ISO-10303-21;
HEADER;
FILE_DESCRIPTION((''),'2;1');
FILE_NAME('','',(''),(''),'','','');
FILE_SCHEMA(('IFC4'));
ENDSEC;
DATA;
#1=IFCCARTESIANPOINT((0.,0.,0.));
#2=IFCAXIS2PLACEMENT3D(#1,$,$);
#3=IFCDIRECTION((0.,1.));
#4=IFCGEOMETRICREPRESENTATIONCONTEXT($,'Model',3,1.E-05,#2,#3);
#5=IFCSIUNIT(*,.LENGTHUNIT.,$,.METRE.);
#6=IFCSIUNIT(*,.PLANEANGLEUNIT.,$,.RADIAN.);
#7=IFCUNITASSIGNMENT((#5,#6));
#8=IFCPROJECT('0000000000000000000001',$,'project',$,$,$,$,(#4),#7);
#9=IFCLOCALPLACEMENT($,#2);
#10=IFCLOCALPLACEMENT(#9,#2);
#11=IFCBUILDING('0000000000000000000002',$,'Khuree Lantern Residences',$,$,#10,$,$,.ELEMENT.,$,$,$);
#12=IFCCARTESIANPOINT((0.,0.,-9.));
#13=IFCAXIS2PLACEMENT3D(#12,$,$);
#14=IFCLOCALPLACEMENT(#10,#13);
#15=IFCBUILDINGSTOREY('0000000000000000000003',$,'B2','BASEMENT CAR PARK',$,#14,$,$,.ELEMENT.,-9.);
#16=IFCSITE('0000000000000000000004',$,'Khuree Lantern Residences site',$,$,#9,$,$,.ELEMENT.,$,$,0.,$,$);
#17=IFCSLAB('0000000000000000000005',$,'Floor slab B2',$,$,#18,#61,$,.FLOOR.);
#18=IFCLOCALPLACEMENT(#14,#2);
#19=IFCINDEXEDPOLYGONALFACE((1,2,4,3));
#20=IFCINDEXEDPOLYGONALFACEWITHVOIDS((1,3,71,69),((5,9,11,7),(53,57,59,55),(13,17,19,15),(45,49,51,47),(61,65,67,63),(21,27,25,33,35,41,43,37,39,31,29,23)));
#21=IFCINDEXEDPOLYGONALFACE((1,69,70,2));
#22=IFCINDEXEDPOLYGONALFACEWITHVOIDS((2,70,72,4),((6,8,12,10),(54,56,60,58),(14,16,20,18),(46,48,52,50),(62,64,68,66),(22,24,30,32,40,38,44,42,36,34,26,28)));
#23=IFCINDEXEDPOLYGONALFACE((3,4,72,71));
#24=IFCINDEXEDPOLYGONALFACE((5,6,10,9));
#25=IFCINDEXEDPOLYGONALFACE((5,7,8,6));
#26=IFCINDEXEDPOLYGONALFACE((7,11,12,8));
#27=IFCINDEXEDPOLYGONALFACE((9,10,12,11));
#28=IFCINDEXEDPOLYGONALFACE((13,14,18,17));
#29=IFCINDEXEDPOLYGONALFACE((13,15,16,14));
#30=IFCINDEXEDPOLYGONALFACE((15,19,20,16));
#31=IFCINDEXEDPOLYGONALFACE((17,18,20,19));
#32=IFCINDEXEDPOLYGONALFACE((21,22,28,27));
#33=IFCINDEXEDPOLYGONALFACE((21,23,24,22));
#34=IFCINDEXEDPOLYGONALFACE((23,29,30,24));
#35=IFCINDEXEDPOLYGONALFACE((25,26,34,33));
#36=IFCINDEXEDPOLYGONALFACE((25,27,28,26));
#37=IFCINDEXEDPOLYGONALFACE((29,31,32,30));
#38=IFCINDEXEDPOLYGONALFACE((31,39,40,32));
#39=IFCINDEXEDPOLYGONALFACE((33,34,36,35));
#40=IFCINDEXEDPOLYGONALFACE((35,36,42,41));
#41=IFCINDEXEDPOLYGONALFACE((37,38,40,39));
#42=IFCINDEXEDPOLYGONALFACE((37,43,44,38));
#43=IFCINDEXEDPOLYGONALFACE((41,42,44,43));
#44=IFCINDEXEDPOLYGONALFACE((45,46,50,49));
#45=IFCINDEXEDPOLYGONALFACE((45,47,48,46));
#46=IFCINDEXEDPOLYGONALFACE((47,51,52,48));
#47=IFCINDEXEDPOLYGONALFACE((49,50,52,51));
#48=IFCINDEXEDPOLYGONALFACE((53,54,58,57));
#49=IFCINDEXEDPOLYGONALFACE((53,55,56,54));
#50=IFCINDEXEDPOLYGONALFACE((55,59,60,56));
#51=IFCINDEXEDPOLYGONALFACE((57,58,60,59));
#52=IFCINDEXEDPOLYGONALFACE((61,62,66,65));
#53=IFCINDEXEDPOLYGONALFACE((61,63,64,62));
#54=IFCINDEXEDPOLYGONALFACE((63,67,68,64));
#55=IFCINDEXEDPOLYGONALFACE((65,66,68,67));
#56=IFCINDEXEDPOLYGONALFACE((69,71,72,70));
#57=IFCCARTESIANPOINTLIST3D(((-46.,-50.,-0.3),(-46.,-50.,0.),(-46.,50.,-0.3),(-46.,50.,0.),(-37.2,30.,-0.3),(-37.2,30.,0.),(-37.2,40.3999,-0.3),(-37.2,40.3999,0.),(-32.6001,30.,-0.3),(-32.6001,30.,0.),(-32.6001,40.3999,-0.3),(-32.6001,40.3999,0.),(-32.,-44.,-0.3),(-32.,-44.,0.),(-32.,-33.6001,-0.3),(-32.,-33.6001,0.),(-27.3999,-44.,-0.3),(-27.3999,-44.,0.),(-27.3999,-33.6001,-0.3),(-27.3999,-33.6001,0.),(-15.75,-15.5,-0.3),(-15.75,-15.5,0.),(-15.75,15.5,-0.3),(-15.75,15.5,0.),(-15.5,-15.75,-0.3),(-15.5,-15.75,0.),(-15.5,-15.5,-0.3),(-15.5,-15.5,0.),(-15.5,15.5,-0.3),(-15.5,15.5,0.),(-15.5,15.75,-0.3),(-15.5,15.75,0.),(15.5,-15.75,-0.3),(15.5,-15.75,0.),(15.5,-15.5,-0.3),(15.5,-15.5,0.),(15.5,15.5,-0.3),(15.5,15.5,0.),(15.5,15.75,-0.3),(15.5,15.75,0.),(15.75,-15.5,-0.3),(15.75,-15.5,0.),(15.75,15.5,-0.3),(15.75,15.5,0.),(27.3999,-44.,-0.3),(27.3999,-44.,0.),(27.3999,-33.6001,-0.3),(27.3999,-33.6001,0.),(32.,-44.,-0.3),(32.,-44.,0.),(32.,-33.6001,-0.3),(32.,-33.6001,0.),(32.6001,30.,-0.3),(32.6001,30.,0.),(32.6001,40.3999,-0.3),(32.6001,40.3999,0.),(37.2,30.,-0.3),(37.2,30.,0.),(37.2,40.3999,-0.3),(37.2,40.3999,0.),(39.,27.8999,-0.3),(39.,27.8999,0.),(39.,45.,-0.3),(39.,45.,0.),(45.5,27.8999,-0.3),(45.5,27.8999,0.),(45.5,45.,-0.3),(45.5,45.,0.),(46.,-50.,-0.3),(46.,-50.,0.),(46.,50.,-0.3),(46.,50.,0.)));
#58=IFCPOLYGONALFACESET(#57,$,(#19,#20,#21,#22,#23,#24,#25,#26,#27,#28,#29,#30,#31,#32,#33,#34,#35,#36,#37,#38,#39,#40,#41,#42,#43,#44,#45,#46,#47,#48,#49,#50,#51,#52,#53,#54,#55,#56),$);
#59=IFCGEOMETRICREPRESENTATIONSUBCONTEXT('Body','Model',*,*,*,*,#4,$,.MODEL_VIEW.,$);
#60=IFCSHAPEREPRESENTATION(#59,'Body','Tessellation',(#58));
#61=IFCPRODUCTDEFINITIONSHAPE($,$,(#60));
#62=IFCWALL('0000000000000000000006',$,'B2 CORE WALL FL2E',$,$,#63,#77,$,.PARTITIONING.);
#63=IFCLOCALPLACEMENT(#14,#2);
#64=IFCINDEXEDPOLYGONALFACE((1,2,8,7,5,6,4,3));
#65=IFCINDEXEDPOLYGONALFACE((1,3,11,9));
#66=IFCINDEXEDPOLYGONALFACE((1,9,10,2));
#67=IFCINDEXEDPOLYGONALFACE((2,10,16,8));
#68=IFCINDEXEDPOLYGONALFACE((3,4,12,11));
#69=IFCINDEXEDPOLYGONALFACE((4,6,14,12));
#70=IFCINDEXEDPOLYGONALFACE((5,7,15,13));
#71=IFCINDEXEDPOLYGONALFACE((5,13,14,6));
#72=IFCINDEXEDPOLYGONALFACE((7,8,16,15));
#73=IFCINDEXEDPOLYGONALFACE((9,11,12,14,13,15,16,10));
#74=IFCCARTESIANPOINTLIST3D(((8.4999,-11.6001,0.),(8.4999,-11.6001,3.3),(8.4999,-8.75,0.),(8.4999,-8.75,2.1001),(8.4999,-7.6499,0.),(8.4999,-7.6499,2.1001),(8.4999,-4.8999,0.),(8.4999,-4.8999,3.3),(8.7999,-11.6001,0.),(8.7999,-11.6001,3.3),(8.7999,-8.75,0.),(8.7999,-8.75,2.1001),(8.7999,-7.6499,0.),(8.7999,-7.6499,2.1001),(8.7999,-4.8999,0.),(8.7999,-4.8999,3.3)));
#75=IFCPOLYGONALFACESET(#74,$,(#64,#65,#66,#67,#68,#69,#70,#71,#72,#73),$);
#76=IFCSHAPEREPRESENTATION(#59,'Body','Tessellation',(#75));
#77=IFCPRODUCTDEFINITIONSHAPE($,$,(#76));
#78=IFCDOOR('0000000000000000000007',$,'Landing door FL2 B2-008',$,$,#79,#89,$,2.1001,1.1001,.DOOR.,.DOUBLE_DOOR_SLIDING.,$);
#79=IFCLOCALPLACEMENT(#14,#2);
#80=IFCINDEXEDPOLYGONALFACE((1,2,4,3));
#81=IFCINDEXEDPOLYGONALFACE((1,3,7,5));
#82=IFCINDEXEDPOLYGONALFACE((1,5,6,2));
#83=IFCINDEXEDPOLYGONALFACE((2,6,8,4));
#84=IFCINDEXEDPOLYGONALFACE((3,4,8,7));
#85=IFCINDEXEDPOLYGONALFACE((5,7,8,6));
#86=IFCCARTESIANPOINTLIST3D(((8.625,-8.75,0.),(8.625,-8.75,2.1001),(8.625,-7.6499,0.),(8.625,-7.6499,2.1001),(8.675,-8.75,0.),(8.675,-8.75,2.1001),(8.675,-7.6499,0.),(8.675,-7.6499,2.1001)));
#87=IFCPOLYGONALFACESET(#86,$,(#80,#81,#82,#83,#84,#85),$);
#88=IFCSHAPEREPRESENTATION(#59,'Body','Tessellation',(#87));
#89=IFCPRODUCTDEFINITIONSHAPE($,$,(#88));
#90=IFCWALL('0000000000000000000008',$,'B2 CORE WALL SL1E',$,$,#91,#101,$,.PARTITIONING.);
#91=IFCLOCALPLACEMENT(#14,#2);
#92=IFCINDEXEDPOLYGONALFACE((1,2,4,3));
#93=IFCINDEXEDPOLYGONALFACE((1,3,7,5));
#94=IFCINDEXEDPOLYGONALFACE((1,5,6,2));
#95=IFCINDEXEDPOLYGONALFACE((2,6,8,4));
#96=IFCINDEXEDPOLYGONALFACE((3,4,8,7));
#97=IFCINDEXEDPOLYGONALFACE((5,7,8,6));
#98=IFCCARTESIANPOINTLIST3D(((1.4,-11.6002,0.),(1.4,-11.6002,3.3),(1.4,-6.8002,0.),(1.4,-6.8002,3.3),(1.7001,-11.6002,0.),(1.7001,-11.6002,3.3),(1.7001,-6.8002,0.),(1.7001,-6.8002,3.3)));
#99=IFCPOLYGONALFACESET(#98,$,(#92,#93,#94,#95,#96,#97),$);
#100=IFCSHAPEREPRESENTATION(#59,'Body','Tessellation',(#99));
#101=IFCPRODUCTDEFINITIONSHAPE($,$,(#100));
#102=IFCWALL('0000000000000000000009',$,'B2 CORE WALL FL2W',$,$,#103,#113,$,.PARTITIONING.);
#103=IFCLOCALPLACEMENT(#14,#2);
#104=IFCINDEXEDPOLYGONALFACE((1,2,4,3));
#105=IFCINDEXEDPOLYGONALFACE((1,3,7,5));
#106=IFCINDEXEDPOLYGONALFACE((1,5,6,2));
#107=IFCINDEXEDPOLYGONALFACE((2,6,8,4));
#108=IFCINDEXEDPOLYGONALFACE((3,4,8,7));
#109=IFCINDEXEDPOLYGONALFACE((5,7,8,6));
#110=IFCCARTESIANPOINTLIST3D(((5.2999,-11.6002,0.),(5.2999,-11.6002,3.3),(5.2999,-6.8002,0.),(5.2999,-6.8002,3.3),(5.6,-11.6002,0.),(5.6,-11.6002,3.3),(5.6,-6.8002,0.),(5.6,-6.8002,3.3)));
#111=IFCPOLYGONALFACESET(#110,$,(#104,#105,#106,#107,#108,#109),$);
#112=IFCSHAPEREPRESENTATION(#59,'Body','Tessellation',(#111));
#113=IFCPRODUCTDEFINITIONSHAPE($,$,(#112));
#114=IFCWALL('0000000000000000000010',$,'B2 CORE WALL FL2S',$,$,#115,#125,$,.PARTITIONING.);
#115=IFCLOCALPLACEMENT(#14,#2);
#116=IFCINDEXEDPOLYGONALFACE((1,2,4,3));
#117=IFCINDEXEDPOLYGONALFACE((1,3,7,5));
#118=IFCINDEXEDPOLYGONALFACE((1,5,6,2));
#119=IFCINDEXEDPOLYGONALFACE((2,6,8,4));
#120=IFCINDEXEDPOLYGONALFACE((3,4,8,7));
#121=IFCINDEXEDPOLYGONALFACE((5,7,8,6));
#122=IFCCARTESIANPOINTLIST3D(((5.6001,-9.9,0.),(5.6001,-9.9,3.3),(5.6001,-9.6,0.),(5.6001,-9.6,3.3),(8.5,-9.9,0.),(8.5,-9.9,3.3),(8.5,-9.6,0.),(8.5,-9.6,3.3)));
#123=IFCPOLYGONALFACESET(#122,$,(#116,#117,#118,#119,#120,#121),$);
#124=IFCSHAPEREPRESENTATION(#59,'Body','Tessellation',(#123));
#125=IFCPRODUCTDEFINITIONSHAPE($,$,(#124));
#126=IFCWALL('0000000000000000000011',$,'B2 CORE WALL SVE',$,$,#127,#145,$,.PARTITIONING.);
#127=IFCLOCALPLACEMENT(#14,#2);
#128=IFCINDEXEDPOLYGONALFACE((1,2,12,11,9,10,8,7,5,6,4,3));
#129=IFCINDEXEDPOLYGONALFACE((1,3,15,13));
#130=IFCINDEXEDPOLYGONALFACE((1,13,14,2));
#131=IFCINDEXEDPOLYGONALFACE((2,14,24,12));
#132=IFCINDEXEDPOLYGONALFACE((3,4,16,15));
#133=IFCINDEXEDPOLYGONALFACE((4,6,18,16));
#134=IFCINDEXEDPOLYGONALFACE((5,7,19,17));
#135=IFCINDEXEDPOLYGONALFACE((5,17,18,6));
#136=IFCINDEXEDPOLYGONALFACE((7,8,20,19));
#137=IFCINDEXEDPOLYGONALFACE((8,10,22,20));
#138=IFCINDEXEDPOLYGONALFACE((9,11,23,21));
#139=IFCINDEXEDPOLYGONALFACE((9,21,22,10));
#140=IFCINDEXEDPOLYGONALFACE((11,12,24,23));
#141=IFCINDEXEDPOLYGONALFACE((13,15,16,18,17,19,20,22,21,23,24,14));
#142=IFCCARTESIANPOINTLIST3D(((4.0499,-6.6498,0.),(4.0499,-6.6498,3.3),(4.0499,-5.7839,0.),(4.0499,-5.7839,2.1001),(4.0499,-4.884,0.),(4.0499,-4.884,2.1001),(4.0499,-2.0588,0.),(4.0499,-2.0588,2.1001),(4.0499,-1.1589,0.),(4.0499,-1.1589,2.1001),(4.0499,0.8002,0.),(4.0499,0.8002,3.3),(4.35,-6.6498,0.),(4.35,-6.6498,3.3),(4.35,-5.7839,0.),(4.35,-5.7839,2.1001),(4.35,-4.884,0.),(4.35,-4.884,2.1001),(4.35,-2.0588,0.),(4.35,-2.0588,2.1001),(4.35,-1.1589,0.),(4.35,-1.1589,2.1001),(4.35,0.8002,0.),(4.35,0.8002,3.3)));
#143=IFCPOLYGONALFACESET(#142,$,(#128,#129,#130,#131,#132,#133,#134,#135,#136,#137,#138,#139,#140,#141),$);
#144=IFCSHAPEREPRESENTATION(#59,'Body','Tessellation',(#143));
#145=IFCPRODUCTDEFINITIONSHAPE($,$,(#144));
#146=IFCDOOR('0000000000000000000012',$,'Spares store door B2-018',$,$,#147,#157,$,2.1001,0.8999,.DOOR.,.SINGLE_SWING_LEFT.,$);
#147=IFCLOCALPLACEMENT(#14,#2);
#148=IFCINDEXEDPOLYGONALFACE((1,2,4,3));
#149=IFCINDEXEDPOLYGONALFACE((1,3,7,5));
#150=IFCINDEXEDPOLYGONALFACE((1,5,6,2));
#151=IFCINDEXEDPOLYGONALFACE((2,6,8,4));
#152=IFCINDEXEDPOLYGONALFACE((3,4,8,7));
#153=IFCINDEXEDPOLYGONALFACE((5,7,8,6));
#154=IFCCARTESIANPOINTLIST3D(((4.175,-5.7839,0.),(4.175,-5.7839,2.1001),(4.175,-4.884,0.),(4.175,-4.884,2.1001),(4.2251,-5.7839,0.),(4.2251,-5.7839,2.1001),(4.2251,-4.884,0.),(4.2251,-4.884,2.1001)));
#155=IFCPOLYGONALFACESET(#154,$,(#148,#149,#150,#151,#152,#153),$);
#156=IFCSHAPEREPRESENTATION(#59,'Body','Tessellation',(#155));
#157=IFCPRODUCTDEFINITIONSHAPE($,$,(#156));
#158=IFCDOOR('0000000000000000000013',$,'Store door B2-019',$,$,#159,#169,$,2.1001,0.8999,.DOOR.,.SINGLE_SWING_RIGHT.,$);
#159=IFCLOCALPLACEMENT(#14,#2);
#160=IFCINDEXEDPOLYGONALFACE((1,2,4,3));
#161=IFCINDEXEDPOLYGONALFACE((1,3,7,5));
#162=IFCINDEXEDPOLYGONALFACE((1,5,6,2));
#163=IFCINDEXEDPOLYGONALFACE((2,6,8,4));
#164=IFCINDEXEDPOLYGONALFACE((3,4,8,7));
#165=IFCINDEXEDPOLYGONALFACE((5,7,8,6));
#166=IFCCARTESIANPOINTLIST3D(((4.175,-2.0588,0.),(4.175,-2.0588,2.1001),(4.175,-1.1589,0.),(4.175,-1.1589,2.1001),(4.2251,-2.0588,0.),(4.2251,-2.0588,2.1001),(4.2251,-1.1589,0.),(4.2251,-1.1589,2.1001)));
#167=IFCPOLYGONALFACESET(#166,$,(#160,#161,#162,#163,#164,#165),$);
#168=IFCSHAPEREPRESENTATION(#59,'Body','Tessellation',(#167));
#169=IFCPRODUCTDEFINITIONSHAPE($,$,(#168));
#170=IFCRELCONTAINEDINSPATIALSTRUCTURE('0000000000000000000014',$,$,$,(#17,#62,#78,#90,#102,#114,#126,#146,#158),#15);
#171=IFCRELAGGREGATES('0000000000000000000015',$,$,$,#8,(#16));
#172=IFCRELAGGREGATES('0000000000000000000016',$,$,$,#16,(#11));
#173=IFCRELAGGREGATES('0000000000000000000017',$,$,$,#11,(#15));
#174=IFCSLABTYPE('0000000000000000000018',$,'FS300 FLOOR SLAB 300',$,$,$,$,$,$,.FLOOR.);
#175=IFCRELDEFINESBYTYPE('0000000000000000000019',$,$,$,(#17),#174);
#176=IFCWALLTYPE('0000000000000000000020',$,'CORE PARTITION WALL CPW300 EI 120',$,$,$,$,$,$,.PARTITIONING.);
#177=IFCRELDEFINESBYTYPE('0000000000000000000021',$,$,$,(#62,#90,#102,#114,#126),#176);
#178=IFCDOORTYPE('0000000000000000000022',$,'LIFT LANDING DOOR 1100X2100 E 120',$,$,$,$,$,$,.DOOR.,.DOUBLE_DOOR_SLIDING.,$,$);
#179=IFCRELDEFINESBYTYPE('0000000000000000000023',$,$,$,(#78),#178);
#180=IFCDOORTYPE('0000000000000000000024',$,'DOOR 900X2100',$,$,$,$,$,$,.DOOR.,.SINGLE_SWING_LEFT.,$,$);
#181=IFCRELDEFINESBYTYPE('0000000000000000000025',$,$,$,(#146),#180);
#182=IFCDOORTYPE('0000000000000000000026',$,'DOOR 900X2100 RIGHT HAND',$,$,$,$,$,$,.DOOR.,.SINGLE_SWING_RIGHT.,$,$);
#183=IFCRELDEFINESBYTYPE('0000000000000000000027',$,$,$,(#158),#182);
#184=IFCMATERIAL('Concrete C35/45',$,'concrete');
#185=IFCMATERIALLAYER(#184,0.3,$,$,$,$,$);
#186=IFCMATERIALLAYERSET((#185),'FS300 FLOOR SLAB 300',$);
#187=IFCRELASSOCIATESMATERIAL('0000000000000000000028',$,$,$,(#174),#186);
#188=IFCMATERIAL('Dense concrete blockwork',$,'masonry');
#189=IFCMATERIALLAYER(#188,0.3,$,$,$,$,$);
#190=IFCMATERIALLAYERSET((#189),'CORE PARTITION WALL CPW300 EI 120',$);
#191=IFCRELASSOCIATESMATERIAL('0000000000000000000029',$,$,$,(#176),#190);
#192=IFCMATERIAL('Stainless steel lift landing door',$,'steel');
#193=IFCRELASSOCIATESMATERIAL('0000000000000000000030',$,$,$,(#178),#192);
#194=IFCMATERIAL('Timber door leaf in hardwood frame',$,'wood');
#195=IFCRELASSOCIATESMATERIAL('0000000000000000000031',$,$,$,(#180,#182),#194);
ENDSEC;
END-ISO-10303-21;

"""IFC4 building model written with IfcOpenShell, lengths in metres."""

from ifc_helpers import new_model, si_unit, direction, frame, frame_2d, origin, place, context, subcontext, project, spatial, polyline, rectangle, outline, extrude, material, layer, layer_set, type_object, element, fill, save


model = new_model("IFC4")

# Units and contexts
model_context = context("Model", 3, precision=1e-05, world=origin(), true_north=direction((0.0, 1.0)))
body_context = subcontext(model_context, "Body", "Model", "MODEL_VIEW")
ifc_project = project(units=[si_unit("LENGTHUNIT", "METRE"), si_unit("PLANEANGLEUNIT", "RADIAN")], contexts=[model_context])

# Site, building, storey
site_placement = place(None, origin())
site = spatial("IfcSite", under=ifc_project, at=site_placement, Name="Khuree Lantern Residences site", CompositionType="ELEMENT", RefElevation=0.0)
building_placement = place(site_placement, origin())
building = spatial("IfcBuilding", under=site, at=building_placement, Name="Khuree Lantern Residences", CompositionType="ELEMENT")
storey_placement = place(building_placement, frame((0.0, 0.0, -9.0)))
storey = spatial("IfcBuildingStorey", under=building, at=storey_placement, Name="B2", Description="BASEMENT CAR PARK", CompositionType="ELEMENT", Elevation=-9.0)

# Slab
ifc_material_1 = material(Name="Concrete C35/45", Category="concrete")
ifc_layer_1 = layer(ifc_material_1, 0.3)
ifc_layer_set_1 = layer_set([ifc_layer_1], Name="FS300 FLOOR SLAB 300")
slab_type_1 = type_object("IfcSlabType", Name="FS300 FLOOR SLAB 300", PredefinedType="FLOOR", material=ifc_layer_set_1)
slab_1_placement = place(storey_placement, frame((0.0, 0.0, -0.3)))
element("IfcSlab", 1, at=slab_1_placement, inside=storey, type_object=slab_type_1, Name="Floor slab B2", PredefinedType="FLOOR", context=body_context, shape_type="SweptSolid", body=[
    extrude(outline(polyline([(-46.0, 50.0), (46.0, 50.0), (46.0, -50.0), (-46.0, -50.0), (-46.0, 50.0)]), holes=[polyline([(45.5, 45.0), (39.0, 45.0), (39.0, 27.8999), (45.5, 27.8999), (45.5, 45.0)]), polyline([(37.2, 40.3999), (32.6001, 40.3999), (32.6001, 30.0), (37.2, 30.0), (37.2, 40.3999)]), polyline([(32.0, -33.6001), (27.3999, -33.6001), (27.3999, -44.0), (32.0, -44.0), (32.0, -33.6001)]), polyline([(15.75, 15.5), (15.5, 15.5), (15.5, 15.75), (-15.5, 15.75), (-15.5, 15.5), (-15.75, 15.5), (-15.75, -15.5), (-15.5, -15.5), (-15.5, -15.75), (15.5, -15.75), (15.5, -15.5), (15.75, -15.5), (15.75, 15.5)]), polyline([(-32.0, -33.6001), (-32.0, -44.0), (-27.3999, -44.0), (-27.3999, -33.6001), (-32.0, -33.6001)]), polyline([(-37.2, 40.3999), (-37.2, 30.0), (-32.6001, 30.0), (-32.6001, 40.3999), (-37.2, 40.3999)])]), origin(), (0.0, 0.0, 1.0), 0.3),
])

# Wall, opening, door
ifc_material_2 = material(Name="Dense concrete blockwork", Category="masonry")
ifc_layer_2 = layer(ifc_material_2, 0.3)
ifc_layer_set_2 = layer_set([ifc_layer_2], Name="CORE PARTITION WALL CPW300 EI 120")
wall_type_1 = type_object("IfcWallType", Name="CORE PARTITION WALL CPW300 EI 120", PredefinedType="PARTITIONING", material=ifc_layer_set_2)
wall_1_placement = place(storey_placement, frame((8.6499, -11.6001, 0.0), z_axis=(0.0, 0.0, 1.0), x_axis=(0.0, 1.0, 0.0)))
wall_1 = element("IfcWall", 2, at=wall_1_placement, inside=storey, type_object=wall_type_1, Name="B2 CORE WALL FL2E", PredefinedType="PARTITIONING", context=body_context, shape_type="SweptSolid", body=[
    extrude(rectangle(XDim=6.7002, YDim=0.3, at=frame_2d((3.3501, 0.0))), origin(), (0.0, 0.0, 1.0), 3.3),
])
opening_1_placement = place(wall_1_placement, frame((2.8501, 0.0, 0.0)))
opening_1 = element("IfcOpeningElement", 3, at=opening_1_placement, cuts=wall_1, PredefinedType="OPENING", context=body_context, shape_type="SweptSolid", body=[
    extrude(rectangle(XDim=1.1001, YDim=2.1001, at=frame_2d((0.55, 1.05))), frame((0.0, 0.1602, 0.0), z_axis=(0.0, -1.0, 0.0), x_axis=(1.0, 0.0, 0.0)), (0.0, 0.0, 1.0), 0.3201),
])
ifc_material_3 = material(Name="Stainless steel lift landing door", Category="steel")
door_type_1 = type_object("IfcDoorType", Name="LIFT LANDING DOOR 1100X2100 E 120", OperationType="DOUBLE_DOOR_SLIDING", PredefinedType="DOOR", material=ifc_material_3)
door_1_placement = place(opening_1_placement, origin())
door_1 = element("IfcDoor", 4, at=door_1_placement, inside=storey, type_object=door_type_1, Name="Landing door FL2 B2-008", OperationType="DOUBLE_DOOR_SLIDING", OverallHeight=2.1001, OverallWidth=1.1001, PredefinedType="DOOR", context=body_context, shape_type="SweptSolid", body=[
    extrude(rectangle(XDim=1.1001, YDim=2.1001, at=frame_2d((0.55, 1.05))), frame((0.0, 0.0249, 0.0), z_axis=(0.0, -1.0, 0.0), x_axis=(1.0, 0.0, 0.0)), (0.0, 0.0, 1.0), 0.05),
])
fill(opening_1, door_1)

# Walls
for number, where, z_axis, x_axis, name in (
    (5, (1.55, -11.6001, 0.0), (0.0, 0.0, 1.0), (0.0, 1.0, 0.0), "B2 CORE WALL SL1E"),
    (6, (5.45, -11.6001, 0.0), (0.0, 0.0, 1.0), (0.0, 1.0, 0.0), "B2 CORE WALL FL2W"),
):
    element("IfcWall", number, at=place(storey_placement, frame(where, z_axis=z_axis, x_axis=x_axis)), inside=storey, type_object=wall_type_1, Name=name, PredefinedType="PARTITIONING", context=body_context, shape_type="SweptSolid", body=[
        extrude(rectangle(XDim=4.8, YDim=0.3, at=frame_2d((2.3999, 0.0))), origin(), (0.0, 0.0, 1.0), 3.3),
    ])
wall_2_placement = place(storey_placement, frame((5.6001, -9.75, 0.0), z_axis=(0.0, 0.0, 1.0), x_axis=(1.0, 0.0, 0.0)))
element("IfcWall", 7, at=wall_2_placement, inside=storey, type_object=wall_type_1, Name="B2 CORE WALL FL2S", PredefinedType="PARTITIONING", context=body_context, shape_type="SweptSolid", body=[
    extrude(rectangle(XDim=2.8999, YDim=0.3, at=frame_2d((1.45, 0.0))), origin(), (0.0, 0.0, 1.0), 3.3),
])

# Wall, openings, doors
wall_3_placement = place(storey_placement, frame((4.2, -6.6499, 0.0), z_axis=(0.0, 0.0, 1.0), x_axis=(0.0, 1.0, 0.0)))
wall_3 = element("IfcWall", 8, at=wall_3_placement, inside=storey, type_object=wall_type_1, Name="B2 CORE WALL SVE", PredefinedType="PARTITIONING", context=body_context, shape_type="SweptSolid", body=[
    extrude(rectangle(XDim=7.45, YDim=0.3, at=frame_2d((3.7251, 0.0))), origin(), (0.0, 0.0, 1.0), 3.3),
])
opening_2_placement = place(wall_3_placement, frame((0.866, 0.0, 0.0)))
opening_2 = element("IfcOpeningElement", 9, at=opening_2_placement, cuts=wall_3, PredefinedType="OPENING", context=body_context, shape_type="SweptSolid", body=[
    extrude(rectangle(XDim=0.8999, YDim=2.1001, at=frame_2d((0.45, 1.05))), frame((0.0, 0.1602, 0.0), z_axis=(0.0, -1.0, 0.0), x_axis=(1.0, 0.0, 0.0)), (0.0, 0.0, 1.0), 0.3201),
])
opening_3_placement = place(wall_3_placement, frame((4.5911, 0.0, 0.0)))
opening_3 = element("IfcOpeningElement", 10, at=opening_3_placement, cuts=wall_3, PredefinedType="OPENING", context=body_context, shape_type="SweptSolid", body=[
    extrude(rectangle(XDim=0.8999, YDim=2.1001, at=frame_2d((0.45, 1.05))), frame((0.0, 0.1602, 0.0), z_axis=(0.0, -1.0, 0.0), x_axis=(1.0, 0.0, 0.0)), (0.0, 0.0, 1.0), 0.3201),
])
ifc_material_4 = material(Name="Timber door leaf in hardwood frame", Category="wood")
door_type_2 = type_object("IfcDoorType", Name="DOOR 900X2100", OperationType="SINGLE_SWING_LEFT", PredefinedType="DOOR", material=ifc_material_4)
door_2_placement = place(opening_2_placement, origin())
door_2 = element("IfcDoor", 11, at=door_2_placement, inside=storey, type_object=door_type_2, Name="Spares store door B2-018", OperationType="SINGLE_SWING_LEFT", OverallHeight=2.1001, OverallWidth=0.8999, PredefinedType="DOOR", context=body_context, shape_type="SweptSolid", body=[
    extrude(rectangle(XDim=0.8999, YDim=2.1001, at=frame_2d((0.45, 1.05))), frame((0.0, 0.0249, 0.0), z_axis=(0.0, -1.0, 0.0), x_axis=(1.0, 0.0, 0.0)), (0.0, 0.0, 1.0), 0.05),
])
fill(opening_2, door_2)
door_type_3 = type_object("IfcDoorType", Name="DOOR 900X2100 RIGHT HAND", OperationType="SINGLE_SWING_RIGHT", PredefinedType="DOOR", material=ifc_material_4)
door_3_placement = place(opening_3_placement, origin())
door_3 = element("IfcDoor", 12, at=door_3_placement, inside=storey, type_object=door_type_3, Name="Store door B2-019", OperationType="SINGLE_SWING_RIGHT", OverallHeight=2.1001, OverallWidth=0.8999, PredefinedType="DOOR", context=body_context, shape_type="SweptSolid", body=[
    extrude(rectangle(XDim=0.8999, YDim=2.1001, at=frame_2d((0.45, 1.05))), frame((0.0, 0.0249, 0.0), z_axis=(0.0, -1.0, 0.0), x_axis=(1.0, 0.0, 0.0)), (0.0, 0.0, 1.0), 0.05),
])
fill(opening_3, door_3)

save(model, "model.ifc")
